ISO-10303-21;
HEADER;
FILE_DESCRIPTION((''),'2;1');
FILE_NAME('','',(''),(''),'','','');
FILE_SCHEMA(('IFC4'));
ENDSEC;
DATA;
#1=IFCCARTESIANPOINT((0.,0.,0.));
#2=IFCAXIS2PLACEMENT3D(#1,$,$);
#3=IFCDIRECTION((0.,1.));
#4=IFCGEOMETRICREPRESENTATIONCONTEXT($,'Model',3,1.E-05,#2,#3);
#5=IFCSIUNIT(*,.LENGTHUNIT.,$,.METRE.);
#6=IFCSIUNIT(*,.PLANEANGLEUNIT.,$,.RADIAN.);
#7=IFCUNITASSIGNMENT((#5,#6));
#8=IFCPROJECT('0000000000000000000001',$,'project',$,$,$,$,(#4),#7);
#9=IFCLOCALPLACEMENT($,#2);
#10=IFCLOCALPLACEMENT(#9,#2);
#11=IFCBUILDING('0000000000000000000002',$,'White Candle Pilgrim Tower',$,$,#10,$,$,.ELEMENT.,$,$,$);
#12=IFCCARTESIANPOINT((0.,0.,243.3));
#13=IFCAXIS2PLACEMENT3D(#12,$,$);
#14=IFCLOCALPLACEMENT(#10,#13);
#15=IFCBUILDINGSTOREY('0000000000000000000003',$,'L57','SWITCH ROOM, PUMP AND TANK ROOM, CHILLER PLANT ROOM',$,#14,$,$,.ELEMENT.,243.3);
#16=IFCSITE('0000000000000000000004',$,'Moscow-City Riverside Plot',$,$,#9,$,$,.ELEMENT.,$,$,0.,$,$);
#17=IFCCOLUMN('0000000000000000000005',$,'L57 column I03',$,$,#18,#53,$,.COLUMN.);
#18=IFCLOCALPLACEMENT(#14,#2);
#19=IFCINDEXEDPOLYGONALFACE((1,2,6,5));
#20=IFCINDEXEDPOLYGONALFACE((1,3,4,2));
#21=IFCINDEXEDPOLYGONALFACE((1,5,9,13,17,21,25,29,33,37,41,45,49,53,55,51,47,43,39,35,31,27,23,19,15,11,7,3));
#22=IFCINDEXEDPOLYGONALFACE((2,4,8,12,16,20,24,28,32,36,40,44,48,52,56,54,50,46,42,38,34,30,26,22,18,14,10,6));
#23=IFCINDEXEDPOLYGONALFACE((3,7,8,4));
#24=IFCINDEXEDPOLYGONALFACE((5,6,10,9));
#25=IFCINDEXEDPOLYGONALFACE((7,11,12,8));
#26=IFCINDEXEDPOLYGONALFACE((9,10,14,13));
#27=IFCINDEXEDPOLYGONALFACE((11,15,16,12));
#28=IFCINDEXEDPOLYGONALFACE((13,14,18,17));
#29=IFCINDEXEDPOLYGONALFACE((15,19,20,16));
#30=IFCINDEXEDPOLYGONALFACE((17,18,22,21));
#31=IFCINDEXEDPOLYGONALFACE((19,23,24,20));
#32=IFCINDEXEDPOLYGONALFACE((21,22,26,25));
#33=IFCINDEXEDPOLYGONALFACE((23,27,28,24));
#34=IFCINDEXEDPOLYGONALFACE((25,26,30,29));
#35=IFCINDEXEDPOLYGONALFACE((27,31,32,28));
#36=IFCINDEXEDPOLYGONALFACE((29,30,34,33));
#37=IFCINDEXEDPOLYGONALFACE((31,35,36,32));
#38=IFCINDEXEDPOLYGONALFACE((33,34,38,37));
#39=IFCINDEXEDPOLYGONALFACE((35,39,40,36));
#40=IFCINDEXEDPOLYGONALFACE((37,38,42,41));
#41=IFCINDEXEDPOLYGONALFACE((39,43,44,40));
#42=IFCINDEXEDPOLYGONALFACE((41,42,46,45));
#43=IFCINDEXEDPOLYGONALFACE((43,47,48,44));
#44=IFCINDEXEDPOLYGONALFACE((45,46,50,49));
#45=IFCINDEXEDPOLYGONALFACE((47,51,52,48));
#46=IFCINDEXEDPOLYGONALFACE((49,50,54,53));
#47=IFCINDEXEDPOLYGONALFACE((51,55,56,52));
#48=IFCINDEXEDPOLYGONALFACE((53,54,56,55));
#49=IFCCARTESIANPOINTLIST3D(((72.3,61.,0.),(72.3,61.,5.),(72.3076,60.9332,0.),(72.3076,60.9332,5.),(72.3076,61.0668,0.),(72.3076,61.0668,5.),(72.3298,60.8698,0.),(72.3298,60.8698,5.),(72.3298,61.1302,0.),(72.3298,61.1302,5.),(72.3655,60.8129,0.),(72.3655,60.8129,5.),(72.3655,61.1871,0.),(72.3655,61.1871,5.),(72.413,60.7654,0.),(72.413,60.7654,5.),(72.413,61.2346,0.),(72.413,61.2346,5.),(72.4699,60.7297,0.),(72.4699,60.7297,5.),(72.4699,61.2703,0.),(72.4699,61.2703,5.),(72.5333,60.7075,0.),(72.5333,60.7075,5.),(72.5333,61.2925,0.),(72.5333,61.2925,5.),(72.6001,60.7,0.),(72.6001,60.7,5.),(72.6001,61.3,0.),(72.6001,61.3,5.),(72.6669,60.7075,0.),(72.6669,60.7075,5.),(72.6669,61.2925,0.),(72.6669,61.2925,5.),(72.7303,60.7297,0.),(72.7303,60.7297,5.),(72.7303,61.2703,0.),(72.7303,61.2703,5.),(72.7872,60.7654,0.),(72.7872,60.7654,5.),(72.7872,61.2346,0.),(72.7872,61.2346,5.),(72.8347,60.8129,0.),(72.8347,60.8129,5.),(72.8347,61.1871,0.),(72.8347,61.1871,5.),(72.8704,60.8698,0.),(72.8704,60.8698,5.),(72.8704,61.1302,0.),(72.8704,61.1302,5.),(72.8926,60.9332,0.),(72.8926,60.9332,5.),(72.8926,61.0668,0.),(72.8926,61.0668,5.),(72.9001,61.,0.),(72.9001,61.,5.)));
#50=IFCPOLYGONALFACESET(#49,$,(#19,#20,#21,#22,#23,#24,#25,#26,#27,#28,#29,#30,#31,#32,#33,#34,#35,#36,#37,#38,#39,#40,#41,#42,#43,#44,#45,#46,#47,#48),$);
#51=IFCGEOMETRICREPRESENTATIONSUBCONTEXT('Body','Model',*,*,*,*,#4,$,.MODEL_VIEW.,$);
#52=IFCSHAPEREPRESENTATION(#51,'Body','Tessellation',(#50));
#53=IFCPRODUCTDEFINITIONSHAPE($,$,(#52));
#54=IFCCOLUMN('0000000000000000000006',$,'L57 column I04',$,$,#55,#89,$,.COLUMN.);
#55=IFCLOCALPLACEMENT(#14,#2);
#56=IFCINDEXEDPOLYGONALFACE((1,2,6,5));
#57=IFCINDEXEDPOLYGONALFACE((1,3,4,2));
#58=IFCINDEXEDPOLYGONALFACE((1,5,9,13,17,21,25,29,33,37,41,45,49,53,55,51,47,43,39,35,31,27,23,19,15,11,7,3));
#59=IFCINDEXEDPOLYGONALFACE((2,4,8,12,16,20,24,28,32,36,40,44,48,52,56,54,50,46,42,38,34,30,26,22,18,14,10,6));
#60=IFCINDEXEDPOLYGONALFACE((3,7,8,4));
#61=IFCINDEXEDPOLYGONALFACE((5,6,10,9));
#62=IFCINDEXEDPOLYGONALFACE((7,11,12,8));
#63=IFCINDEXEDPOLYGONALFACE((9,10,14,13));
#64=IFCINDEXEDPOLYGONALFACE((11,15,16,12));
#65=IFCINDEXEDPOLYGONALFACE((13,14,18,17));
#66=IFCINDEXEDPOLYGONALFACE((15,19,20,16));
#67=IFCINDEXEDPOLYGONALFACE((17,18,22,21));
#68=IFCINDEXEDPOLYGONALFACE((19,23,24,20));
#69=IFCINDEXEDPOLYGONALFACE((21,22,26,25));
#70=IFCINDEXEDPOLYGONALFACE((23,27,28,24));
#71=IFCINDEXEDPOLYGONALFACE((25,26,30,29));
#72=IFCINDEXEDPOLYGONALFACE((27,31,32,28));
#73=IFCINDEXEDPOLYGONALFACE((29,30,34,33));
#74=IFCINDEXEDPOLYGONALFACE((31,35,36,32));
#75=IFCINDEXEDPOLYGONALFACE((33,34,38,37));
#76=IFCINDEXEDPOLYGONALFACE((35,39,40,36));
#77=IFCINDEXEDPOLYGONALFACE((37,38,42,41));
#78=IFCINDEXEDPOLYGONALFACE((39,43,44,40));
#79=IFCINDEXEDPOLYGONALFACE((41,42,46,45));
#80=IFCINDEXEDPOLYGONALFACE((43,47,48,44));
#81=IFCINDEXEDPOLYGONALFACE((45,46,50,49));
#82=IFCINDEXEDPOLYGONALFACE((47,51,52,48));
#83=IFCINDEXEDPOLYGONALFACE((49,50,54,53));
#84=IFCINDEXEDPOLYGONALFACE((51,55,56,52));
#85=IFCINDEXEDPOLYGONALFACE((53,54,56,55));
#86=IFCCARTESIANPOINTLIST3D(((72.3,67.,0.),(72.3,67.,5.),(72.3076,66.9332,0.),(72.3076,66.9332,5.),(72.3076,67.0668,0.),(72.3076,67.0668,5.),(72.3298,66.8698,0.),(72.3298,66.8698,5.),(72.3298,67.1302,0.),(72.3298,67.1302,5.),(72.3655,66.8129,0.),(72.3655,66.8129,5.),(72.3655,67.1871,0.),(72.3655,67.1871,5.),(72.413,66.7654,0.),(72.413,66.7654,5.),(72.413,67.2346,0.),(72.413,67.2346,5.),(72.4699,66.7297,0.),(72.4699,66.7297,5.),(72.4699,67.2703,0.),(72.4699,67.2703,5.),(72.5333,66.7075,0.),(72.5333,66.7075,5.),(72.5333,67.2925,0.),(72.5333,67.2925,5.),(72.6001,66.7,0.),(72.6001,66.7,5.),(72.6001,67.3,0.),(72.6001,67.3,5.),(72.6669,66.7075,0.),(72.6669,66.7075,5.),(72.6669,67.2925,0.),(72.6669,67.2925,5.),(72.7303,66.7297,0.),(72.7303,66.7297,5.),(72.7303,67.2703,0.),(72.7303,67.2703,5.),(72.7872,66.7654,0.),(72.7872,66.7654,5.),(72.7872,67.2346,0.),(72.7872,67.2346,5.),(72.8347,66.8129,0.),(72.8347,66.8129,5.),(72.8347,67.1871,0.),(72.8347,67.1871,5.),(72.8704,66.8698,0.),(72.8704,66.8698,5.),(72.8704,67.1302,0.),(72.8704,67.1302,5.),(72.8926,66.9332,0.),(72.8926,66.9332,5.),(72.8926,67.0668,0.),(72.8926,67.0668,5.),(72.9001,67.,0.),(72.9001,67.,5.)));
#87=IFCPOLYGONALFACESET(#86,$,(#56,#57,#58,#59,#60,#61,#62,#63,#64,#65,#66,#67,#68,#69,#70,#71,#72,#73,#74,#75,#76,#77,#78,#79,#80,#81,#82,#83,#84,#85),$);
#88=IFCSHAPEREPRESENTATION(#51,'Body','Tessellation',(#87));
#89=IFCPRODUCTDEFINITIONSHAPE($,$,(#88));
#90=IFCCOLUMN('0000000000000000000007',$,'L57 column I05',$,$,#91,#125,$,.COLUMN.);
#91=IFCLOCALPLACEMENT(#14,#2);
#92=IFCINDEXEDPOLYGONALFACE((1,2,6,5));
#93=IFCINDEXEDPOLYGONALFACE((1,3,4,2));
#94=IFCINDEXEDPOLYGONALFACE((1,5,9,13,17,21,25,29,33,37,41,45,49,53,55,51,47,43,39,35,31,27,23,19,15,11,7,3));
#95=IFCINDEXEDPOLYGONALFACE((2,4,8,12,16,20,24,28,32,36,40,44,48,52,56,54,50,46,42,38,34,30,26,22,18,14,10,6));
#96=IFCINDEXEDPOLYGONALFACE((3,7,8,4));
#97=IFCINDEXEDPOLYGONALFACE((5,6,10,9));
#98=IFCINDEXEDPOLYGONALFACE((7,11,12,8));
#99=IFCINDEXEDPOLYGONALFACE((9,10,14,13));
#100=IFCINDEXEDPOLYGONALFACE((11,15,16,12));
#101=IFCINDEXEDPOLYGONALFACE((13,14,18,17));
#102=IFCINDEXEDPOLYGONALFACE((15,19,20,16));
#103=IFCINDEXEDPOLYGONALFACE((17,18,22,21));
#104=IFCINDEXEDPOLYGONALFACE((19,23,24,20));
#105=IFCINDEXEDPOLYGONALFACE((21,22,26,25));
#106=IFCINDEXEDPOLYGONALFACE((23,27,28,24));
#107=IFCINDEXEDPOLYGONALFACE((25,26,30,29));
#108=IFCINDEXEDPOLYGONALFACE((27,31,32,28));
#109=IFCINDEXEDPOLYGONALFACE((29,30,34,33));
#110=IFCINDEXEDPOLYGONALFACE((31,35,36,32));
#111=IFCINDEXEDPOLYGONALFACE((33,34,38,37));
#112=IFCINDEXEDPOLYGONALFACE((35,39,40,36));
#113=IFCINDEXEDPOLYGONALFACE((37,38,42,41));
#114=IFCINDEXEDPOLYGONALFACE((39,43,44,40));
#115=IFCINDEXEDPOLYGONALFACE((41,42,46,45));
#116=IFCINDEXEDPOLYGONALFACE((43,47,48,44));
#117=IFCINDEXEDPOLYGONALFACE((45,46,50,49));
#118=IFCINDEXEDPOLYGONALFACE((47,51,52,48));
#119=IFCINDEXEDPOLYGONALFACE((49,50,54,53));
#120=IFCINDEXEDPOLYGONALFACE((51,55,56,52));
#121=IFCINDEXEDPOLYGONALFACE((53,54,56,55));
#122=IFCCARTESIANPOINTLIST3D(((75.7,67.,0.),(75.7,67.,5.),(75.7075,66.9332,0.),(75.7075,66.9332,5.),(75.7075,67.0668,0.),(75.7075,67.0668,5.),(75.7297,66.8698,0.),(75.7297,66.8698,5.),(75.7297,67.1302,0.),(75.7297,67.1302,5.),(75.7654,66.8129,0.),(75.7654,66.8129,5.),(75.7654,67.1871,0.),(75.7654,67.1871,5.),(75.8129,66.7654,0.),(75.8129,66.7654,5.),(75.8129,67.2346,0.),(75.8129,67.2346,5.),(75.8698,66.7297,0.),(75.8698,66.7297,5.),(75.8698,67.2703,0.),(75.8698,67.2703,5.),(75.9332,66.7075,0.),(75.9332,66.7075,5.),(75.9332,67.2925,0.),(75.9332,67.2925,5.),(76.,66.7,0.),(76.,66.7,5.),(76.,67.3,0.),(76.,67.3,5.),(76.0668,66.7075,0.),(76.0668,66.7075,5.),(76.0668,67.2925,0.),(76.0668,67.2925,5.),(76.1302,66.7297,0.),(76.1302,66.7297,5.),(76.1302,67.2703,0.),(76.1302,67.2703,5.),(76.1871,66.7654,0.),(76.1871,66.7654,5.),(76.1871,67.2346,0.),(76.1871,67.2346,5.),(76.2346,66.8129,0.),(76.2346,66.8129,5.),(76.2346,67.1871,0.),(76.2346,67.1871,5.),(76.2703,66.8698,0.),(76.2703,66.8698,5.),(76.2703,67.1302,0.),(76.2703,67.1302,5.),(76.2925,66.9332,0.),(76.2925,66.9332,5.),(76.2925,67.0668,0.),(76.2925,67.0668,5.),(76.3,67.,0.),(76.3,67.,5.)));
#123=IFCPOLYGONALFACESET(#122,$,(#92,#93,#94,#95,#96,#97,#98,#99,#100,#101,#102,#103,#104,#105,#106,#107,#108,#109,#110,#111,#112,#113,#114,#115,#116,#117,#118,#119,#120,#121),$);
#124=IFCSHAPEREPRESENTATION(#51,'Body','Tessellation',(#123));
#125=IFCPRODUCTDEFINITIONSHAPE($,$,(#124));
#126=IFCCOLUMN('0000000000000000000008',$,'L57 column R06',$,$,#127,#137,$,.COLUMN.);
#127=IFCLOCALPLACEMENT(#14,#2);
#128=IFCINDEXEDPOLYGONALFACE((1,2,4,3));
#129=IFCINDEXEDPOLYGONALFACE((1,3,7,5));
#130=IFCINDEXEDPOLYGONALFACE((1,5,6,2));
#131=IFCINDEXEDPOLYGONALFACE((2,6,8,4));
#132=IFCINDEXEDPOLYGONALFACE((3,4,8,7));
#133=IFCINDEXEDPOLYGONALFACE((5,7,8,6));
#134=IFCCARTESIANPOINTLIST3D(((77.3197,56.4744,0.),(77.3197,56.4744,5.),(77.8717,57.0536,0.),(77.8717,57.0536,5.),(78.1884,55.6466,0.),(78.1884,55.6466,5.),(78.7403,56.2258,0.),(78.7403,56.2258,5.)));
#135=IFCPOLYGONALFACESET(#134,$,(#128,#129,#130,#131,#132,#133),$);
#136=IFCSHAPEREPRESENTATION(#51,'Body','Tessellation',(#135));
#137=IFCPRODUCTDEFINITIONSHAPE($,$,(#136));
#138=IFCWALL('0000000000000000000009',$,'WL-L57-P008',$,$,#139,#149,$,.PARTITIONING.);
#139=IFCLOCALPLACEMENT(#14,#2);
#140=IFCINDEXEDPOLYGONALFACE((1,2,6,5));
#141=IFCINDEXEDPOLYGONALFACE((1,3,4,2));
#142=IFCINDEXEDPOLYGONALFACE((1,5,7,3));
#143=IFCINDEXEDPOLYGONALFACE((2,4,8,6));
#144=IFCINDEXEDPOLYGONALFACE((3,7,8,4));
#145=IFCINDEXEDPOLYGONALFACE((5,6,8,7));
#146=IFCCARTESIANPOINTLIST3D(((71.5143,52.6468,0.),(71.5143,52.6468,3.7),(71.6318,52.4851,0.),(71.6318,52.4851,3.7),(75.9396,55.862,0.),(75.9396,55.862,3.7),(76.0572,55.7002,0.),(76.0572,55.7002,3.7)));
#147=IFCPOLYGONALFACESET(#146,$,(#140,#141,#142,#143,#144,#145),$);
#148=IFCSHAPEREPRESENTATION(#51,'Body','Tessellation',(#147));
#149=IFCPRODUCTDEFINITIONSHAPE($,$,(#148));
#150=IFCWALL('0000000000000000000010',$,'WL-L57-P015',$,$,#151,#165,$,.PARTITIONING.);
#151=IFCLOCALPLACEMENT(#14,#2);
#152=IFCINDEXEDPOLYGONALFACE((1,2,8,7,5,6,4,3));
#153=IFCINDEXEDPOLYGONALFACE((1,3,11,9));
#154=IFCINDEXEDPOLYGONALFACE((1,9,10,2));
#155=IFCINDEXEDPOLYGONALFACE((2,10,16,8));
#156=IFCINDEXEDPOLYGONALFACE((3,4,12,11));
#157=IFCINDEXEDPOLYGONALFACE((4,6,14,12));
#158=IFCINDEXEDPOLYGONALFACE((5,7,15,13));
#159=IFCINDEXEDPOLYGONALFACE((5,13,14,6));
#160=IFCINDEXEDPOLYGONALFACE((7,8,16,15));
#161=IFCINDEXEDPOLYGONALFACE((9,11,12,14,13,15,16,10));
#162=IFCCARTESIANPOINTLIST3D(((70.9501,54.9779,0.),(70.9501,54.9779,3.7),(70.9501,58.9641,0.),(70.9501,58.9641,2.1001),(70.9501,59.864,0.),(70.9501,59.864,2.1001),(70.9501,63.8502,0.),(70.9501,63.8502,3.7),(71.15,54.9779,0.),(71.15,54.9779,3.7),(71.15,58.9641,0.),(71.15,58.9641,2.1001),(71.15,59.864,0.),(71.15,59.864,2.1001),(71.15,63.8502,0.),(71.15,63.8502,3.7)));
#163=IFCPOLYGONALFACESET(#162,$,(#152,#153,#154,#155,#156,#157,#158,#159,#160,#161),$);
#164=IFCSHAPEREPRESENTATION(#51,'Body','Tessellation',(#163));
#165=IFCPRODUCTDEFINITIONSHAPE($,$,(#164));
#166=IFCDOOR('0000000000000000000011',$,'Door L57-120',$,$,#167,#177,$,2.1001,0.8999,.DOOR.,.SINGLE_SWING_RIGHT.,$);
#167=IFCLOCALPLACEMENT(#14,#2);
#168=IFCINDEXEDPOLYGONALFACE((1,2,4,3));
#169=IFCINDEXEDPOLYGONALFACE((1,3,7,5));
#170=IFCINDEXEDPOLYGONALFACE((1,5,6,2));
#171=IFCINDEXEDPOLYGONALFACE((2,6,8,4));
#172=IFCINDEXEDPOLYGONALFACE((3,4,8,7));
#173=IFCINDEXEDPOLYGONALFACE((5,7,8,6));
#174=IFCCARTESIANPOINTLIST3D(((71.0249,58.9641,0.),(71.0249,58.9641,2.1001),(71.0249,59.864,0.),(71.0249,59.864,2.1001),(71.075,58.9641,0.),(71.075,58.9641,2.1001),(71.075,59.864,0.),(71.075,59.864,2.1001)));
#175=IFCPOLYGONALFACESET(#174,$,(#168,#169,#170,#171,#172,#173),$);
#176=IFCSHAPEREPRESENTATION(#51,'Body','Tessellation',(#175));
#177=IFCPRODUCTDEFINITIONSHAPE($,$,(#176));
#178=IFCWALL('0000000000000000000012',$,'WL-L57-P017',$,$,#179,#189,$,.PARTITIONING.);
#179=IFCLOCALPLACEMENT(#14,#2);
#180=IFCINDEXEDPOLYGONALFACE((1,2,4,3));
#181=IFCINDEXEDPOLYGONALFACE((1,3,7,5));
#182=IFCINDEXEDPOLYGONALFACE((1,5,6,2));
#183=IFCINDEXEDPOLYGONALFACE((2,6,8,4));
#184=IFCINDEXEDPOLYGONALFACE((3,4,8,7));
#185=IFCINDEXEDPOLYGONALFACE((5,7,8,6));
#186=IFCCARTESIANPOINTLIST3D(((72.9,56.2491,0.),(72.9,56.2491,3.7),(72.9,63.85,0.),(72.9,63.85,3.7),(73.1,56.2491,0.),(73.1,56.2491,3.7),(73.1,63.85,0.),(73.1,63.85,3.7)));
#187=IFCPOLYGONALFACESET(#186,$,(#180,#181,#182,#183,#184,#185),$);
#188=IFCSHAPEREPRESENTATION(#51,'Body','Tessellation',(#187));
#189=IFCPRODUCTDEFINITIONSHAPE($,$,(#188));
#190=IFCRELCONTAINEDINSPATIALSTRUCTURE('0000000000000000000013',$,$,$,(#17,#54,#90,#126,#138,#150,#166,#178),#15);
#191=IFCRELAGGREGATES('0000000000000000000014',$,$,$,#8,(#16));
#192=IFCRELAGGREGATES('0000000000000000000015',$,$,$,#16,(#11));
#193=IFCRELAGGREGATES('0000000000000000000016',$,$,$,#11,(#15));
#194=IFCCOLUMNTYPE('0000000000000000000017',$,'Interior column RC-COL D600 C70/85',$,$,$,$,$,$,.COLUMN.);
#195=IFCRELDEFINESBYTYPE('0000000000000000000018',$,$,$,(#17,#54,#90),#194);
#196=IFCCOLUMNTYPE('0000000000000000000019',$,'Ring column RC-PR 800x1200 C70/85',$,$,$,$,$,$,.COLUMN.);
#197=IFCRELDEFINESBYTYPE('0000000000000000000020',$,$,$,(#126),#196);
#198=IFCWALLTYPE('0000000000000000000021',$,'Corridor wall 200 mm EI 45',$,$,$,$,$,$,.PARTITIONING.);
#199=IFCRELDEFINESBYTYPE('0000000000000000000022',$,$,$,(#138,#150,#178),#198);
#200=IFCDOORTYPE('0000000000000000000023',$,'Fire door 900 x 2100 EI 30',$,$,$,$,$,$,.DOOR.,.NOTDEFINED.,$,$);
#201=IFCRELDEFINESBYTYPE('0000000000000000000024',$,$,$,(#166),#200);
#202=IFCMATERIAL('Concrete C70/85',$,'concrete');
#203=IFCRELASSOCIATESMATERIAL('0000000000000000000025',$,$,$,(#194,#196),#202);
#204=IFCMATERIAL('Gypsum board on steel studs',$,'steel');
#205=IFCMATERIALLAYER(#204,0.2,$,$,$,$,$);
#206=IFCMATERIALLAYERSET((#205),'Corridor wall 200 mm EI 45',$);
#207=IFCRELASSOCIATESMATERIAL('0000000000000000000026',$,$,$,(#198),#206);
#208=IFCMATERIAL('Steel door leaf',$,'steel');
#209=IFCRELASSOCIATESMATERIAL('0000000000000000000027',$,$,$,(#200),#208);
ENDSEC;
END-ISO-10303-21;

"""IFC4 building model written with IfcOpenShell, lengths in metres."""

from ifc_helpers import new_model, si_unit, direction, frame, frame_2d, origin, origin_2d, place, context, subcontext, project, spatial, rectangle, circle, extrude, material, layer, layer_set, material_profile, profile_set, type_object, element, fill, save


model = new_model("IFC4")

# Units and contexts
model_context = context("Model", 3, precision=1e-05, world=origin(), true_north=direction((0.0, 1.0)))
body_context = subcontext(model_context, "Body", "Model", "MODEL_VIEW")
ifc_project = project(units=[si_unit("LENGTHUNIT", "METRE"), si_unit("PLANEANGLEUNIT", "RADIAN")], contexts=[model_context])

# Site, building, storey
site_placement = place(None, origin())
site = spatial("IfcSite", under=ifc_project, at=site_placement, Name="Moscow-City Riverside Plot", CompositionType="ELEMENT", RefElevation=0.0)
building_placement = place(site_placement, origin())
building = spatial("IfcBuilding", under=site, at=building_placement, Name="White Candle Pilgrim Tower", CompositionType="ELEMENT")
storey_placement = place(building_placement, frame((0.0, 0.0, 243.3)))
storey = spatial("IfcBuildingStorey", under=building, at=storey_placement, Name="L57", Description="SWITCH ROOM, PUMP AND TANK ROOM, CHILLER PLANT ROOM", CompositionType="ELEMENT", Elevation=243.3)

# Columns
ifc_material_1 = material(Name="Concrete C70/85", Category="concrete")
ifc_material_profile_1 = material_profile(ifc_material_1, circle(Radius=0.3, at=origin_2d()), Name="RC-COL D600")
ifc_profile_set_1 = profile_set([ifc_material_profile_1], Name="Concrete C70/85")
column_type_1 = type_object("IfcColumnType", Name="Interior column RC-COL D600 C70/85", PredefinedType="COLUMN", material=ifc_profile_set_1)
for number, where, z_axis, x_axis, name in (
    (1, (72.6001, 61.0, 0.0), (0.0, 0.0, 1.0), (1.0, 0.0, 0.0), "L57 column I03"),
    (2, (72.6001, 67.0, 0.0), (0.0, 0.0, 1.0), (1.0, 0.0, 0.0), "L57 column I04"),
    (3, (76.0, 67.0, 0.0), (0.0, 0.0, 1.0), (1.0, 0.0, 0.0), "L57 column I05"),
):
    element("IfcColumn", number, at=place(storey_placement, frame(where, z_axis=z_axis, x_axis=x_axis)), inside=storey, type_object=column_type_1, Name=name, PredefinedType="COLUMN", context=body_context, shape_type="SweptSolid", body=[
        extrude(circle(Radius=0.3, at=origin_2d()), origin(), (0.0, 0.0, 1.0), 5.0),
    ])
ifc_material_profile_2 = material_profile(ifc_material_1, rectangle(XDim=0.8, YDim=1.2, at=origin_2d()), Name="RC-PR 800x1200")
ifc_profile_set_2 = profile_set([ifc_material_profile_2], Name="Concrete C70/85")
column_type_2 = type_object("IfcColumnType", Name="Ring column RC-PR 800x1200 C70/85", PredefinedType="COLUMN", material=ifc_profile_set_2)
column_placement = place(storey_placement, frame((78.03, 56.3501, 0.0), z_axis=(0.0, 0.0, 1.0), x_axis=(-0.689872, -0.723931, 0.0)))
element("IfcColumn", 4, at=column_placement, inside=storey, type_object=column_type_2, Name="L57 column R06", PredefinedType="COLUMN", context=body_context, shape_type="SweptSolid", body=[
    extrude(rectangle(XDim=0.8, YDim=1.2, at=origin_2d()), origin(), (0.0, 0.0, 1.0), 5.0),
])

# Wall
ifc_material_2 = material(Name="Gypsum board on steel studs", Category="steel")
ifc_layer_1 = layer(ifc_material_2, 0.2)
ifc_layer_set_1 = layer_set([ifc_layer_1], Name="Corridor wall 200 mm EI 45")
wall_type_1 = type_object("IfcWallType", Name="Corridor wall 200 mm EI 45", PredefinedType="PARTITIONING", material=ifc_layer_set_1)
wall_1_placement = place(storey_placement, frame((75.9983, 55.781, 0.0), z_axis=(0.0, 0.0, 1.0), x_axis=(-0.809024, -0.587776, 0.0)))
element("IfcWall", 5, at=wall_1_placement, inside=storey, type_object=wall_type_1, Name="WL-L57-P008", PredefinedType="PARTITIONING", context=body_context, shape_type="SweptSolid", body=[
    extrude(rectangle(XDim=5.47, YDim=0.2, at=frame_2d((2.7349, 0.0))), origin(), (0.0, 0.0, 1.0), 3.7),
])

# Wall, opening, door
wall_2_placement = place(storey_placement, frame((71.05, 63.8501, 0.0), z_axis=(0.0, 0.0, 1.0), x_axis=(0.0, -1.0, 0.0)))
wall_2 = element("IfcWall", 6, at=wall_2_placement, inside=storey, type_object=wall_type_1, Name="WL-L57-P015", PredefinedType="PARTITIONING", context=body_context, shape_type="SweptSolid", body=[
    extrude(rectangle(XDim=8.8723, YDim=0.2, at=frame_2d((4.436, 0.0))), origin(), (0.0, 0.0, 1.0), 3.7),
])
opening_1_placement = place(wall_2_placement, frame((3.9861, 0.0, 0.0)))
opening_1 = element("IfcOpeningElement", 7, at=opening_1_placement, cuts=wall_2, PredefinedType="OPENING", context=body_context, shape_type="SweptSolid", body=[
    extrude(rectangle(XDim=0.8999, YDim=2.1001, at=frame_2d((0.45, 1.05))), frame((0.0, 0.1099, 0.0), z_axis=(0.0, -1.0, 0.0), x_axis=(1.0, 0.0, 0.0)), (0.0, 0.0, 1.0), 0.22),
])
ifc_material_3 = material(Name="Steel door leaf", Category="steel")
door_type_1 = type_object("IfcDoorType", Name="Fire door 900 x 2100 EI 30", OperationType="NOTDEFINED", PredefinedType="DOOR", material=ifc_material_3)
door_1_placement = place(opening_1_placement, origin())
door_1 = element("IfcDoor", 8, at=door_1_placement, inside=storey, type_object=door_type_1, Name="Door L57-120", OperationType="SINGLE_SWING_RIGHT", OverallHeight=2.1001, OverallWidth=0.8999, PredefinedType="DOOR", context=body_context, shape_type="SweptSolid", body=[
    extrude(rectangle(XDim=0.8999, YDim=2.1001, at=frame_2d((0.45, 1.05))), frame((0.0, 0.0249, 0.0), z_axis=(0.0, -1.0, 0.0), x_axis=(1.0, 0.0, 0.0)), (0.0, 0.0, 1.0), 0.05),
])
fill(opening_1, door_1)

# Wall
wall_3_placement = place(storey_placement, frame((73.0, 56.2493, 0.0), z_axis=(0.0, 0.0, 1.0), x_axis=(0.0, 1.0, 0.0)))
element("IfcWall", 9, at=wall_3_placement, inside=storey, type_object=wall_type_1, Name="WL-L57-P017", PredefinedType="PARTITIONING", context=body_context, shape_type="SweptSolid", body=[
    extrude(rectangle(XDim=7.6008, YDim=0.2, at=frame_2d((3.8003, 0.0))), origin(), (0.0, 0.0, 1.0), 3.7),
])

save(model, "model.ifc")
